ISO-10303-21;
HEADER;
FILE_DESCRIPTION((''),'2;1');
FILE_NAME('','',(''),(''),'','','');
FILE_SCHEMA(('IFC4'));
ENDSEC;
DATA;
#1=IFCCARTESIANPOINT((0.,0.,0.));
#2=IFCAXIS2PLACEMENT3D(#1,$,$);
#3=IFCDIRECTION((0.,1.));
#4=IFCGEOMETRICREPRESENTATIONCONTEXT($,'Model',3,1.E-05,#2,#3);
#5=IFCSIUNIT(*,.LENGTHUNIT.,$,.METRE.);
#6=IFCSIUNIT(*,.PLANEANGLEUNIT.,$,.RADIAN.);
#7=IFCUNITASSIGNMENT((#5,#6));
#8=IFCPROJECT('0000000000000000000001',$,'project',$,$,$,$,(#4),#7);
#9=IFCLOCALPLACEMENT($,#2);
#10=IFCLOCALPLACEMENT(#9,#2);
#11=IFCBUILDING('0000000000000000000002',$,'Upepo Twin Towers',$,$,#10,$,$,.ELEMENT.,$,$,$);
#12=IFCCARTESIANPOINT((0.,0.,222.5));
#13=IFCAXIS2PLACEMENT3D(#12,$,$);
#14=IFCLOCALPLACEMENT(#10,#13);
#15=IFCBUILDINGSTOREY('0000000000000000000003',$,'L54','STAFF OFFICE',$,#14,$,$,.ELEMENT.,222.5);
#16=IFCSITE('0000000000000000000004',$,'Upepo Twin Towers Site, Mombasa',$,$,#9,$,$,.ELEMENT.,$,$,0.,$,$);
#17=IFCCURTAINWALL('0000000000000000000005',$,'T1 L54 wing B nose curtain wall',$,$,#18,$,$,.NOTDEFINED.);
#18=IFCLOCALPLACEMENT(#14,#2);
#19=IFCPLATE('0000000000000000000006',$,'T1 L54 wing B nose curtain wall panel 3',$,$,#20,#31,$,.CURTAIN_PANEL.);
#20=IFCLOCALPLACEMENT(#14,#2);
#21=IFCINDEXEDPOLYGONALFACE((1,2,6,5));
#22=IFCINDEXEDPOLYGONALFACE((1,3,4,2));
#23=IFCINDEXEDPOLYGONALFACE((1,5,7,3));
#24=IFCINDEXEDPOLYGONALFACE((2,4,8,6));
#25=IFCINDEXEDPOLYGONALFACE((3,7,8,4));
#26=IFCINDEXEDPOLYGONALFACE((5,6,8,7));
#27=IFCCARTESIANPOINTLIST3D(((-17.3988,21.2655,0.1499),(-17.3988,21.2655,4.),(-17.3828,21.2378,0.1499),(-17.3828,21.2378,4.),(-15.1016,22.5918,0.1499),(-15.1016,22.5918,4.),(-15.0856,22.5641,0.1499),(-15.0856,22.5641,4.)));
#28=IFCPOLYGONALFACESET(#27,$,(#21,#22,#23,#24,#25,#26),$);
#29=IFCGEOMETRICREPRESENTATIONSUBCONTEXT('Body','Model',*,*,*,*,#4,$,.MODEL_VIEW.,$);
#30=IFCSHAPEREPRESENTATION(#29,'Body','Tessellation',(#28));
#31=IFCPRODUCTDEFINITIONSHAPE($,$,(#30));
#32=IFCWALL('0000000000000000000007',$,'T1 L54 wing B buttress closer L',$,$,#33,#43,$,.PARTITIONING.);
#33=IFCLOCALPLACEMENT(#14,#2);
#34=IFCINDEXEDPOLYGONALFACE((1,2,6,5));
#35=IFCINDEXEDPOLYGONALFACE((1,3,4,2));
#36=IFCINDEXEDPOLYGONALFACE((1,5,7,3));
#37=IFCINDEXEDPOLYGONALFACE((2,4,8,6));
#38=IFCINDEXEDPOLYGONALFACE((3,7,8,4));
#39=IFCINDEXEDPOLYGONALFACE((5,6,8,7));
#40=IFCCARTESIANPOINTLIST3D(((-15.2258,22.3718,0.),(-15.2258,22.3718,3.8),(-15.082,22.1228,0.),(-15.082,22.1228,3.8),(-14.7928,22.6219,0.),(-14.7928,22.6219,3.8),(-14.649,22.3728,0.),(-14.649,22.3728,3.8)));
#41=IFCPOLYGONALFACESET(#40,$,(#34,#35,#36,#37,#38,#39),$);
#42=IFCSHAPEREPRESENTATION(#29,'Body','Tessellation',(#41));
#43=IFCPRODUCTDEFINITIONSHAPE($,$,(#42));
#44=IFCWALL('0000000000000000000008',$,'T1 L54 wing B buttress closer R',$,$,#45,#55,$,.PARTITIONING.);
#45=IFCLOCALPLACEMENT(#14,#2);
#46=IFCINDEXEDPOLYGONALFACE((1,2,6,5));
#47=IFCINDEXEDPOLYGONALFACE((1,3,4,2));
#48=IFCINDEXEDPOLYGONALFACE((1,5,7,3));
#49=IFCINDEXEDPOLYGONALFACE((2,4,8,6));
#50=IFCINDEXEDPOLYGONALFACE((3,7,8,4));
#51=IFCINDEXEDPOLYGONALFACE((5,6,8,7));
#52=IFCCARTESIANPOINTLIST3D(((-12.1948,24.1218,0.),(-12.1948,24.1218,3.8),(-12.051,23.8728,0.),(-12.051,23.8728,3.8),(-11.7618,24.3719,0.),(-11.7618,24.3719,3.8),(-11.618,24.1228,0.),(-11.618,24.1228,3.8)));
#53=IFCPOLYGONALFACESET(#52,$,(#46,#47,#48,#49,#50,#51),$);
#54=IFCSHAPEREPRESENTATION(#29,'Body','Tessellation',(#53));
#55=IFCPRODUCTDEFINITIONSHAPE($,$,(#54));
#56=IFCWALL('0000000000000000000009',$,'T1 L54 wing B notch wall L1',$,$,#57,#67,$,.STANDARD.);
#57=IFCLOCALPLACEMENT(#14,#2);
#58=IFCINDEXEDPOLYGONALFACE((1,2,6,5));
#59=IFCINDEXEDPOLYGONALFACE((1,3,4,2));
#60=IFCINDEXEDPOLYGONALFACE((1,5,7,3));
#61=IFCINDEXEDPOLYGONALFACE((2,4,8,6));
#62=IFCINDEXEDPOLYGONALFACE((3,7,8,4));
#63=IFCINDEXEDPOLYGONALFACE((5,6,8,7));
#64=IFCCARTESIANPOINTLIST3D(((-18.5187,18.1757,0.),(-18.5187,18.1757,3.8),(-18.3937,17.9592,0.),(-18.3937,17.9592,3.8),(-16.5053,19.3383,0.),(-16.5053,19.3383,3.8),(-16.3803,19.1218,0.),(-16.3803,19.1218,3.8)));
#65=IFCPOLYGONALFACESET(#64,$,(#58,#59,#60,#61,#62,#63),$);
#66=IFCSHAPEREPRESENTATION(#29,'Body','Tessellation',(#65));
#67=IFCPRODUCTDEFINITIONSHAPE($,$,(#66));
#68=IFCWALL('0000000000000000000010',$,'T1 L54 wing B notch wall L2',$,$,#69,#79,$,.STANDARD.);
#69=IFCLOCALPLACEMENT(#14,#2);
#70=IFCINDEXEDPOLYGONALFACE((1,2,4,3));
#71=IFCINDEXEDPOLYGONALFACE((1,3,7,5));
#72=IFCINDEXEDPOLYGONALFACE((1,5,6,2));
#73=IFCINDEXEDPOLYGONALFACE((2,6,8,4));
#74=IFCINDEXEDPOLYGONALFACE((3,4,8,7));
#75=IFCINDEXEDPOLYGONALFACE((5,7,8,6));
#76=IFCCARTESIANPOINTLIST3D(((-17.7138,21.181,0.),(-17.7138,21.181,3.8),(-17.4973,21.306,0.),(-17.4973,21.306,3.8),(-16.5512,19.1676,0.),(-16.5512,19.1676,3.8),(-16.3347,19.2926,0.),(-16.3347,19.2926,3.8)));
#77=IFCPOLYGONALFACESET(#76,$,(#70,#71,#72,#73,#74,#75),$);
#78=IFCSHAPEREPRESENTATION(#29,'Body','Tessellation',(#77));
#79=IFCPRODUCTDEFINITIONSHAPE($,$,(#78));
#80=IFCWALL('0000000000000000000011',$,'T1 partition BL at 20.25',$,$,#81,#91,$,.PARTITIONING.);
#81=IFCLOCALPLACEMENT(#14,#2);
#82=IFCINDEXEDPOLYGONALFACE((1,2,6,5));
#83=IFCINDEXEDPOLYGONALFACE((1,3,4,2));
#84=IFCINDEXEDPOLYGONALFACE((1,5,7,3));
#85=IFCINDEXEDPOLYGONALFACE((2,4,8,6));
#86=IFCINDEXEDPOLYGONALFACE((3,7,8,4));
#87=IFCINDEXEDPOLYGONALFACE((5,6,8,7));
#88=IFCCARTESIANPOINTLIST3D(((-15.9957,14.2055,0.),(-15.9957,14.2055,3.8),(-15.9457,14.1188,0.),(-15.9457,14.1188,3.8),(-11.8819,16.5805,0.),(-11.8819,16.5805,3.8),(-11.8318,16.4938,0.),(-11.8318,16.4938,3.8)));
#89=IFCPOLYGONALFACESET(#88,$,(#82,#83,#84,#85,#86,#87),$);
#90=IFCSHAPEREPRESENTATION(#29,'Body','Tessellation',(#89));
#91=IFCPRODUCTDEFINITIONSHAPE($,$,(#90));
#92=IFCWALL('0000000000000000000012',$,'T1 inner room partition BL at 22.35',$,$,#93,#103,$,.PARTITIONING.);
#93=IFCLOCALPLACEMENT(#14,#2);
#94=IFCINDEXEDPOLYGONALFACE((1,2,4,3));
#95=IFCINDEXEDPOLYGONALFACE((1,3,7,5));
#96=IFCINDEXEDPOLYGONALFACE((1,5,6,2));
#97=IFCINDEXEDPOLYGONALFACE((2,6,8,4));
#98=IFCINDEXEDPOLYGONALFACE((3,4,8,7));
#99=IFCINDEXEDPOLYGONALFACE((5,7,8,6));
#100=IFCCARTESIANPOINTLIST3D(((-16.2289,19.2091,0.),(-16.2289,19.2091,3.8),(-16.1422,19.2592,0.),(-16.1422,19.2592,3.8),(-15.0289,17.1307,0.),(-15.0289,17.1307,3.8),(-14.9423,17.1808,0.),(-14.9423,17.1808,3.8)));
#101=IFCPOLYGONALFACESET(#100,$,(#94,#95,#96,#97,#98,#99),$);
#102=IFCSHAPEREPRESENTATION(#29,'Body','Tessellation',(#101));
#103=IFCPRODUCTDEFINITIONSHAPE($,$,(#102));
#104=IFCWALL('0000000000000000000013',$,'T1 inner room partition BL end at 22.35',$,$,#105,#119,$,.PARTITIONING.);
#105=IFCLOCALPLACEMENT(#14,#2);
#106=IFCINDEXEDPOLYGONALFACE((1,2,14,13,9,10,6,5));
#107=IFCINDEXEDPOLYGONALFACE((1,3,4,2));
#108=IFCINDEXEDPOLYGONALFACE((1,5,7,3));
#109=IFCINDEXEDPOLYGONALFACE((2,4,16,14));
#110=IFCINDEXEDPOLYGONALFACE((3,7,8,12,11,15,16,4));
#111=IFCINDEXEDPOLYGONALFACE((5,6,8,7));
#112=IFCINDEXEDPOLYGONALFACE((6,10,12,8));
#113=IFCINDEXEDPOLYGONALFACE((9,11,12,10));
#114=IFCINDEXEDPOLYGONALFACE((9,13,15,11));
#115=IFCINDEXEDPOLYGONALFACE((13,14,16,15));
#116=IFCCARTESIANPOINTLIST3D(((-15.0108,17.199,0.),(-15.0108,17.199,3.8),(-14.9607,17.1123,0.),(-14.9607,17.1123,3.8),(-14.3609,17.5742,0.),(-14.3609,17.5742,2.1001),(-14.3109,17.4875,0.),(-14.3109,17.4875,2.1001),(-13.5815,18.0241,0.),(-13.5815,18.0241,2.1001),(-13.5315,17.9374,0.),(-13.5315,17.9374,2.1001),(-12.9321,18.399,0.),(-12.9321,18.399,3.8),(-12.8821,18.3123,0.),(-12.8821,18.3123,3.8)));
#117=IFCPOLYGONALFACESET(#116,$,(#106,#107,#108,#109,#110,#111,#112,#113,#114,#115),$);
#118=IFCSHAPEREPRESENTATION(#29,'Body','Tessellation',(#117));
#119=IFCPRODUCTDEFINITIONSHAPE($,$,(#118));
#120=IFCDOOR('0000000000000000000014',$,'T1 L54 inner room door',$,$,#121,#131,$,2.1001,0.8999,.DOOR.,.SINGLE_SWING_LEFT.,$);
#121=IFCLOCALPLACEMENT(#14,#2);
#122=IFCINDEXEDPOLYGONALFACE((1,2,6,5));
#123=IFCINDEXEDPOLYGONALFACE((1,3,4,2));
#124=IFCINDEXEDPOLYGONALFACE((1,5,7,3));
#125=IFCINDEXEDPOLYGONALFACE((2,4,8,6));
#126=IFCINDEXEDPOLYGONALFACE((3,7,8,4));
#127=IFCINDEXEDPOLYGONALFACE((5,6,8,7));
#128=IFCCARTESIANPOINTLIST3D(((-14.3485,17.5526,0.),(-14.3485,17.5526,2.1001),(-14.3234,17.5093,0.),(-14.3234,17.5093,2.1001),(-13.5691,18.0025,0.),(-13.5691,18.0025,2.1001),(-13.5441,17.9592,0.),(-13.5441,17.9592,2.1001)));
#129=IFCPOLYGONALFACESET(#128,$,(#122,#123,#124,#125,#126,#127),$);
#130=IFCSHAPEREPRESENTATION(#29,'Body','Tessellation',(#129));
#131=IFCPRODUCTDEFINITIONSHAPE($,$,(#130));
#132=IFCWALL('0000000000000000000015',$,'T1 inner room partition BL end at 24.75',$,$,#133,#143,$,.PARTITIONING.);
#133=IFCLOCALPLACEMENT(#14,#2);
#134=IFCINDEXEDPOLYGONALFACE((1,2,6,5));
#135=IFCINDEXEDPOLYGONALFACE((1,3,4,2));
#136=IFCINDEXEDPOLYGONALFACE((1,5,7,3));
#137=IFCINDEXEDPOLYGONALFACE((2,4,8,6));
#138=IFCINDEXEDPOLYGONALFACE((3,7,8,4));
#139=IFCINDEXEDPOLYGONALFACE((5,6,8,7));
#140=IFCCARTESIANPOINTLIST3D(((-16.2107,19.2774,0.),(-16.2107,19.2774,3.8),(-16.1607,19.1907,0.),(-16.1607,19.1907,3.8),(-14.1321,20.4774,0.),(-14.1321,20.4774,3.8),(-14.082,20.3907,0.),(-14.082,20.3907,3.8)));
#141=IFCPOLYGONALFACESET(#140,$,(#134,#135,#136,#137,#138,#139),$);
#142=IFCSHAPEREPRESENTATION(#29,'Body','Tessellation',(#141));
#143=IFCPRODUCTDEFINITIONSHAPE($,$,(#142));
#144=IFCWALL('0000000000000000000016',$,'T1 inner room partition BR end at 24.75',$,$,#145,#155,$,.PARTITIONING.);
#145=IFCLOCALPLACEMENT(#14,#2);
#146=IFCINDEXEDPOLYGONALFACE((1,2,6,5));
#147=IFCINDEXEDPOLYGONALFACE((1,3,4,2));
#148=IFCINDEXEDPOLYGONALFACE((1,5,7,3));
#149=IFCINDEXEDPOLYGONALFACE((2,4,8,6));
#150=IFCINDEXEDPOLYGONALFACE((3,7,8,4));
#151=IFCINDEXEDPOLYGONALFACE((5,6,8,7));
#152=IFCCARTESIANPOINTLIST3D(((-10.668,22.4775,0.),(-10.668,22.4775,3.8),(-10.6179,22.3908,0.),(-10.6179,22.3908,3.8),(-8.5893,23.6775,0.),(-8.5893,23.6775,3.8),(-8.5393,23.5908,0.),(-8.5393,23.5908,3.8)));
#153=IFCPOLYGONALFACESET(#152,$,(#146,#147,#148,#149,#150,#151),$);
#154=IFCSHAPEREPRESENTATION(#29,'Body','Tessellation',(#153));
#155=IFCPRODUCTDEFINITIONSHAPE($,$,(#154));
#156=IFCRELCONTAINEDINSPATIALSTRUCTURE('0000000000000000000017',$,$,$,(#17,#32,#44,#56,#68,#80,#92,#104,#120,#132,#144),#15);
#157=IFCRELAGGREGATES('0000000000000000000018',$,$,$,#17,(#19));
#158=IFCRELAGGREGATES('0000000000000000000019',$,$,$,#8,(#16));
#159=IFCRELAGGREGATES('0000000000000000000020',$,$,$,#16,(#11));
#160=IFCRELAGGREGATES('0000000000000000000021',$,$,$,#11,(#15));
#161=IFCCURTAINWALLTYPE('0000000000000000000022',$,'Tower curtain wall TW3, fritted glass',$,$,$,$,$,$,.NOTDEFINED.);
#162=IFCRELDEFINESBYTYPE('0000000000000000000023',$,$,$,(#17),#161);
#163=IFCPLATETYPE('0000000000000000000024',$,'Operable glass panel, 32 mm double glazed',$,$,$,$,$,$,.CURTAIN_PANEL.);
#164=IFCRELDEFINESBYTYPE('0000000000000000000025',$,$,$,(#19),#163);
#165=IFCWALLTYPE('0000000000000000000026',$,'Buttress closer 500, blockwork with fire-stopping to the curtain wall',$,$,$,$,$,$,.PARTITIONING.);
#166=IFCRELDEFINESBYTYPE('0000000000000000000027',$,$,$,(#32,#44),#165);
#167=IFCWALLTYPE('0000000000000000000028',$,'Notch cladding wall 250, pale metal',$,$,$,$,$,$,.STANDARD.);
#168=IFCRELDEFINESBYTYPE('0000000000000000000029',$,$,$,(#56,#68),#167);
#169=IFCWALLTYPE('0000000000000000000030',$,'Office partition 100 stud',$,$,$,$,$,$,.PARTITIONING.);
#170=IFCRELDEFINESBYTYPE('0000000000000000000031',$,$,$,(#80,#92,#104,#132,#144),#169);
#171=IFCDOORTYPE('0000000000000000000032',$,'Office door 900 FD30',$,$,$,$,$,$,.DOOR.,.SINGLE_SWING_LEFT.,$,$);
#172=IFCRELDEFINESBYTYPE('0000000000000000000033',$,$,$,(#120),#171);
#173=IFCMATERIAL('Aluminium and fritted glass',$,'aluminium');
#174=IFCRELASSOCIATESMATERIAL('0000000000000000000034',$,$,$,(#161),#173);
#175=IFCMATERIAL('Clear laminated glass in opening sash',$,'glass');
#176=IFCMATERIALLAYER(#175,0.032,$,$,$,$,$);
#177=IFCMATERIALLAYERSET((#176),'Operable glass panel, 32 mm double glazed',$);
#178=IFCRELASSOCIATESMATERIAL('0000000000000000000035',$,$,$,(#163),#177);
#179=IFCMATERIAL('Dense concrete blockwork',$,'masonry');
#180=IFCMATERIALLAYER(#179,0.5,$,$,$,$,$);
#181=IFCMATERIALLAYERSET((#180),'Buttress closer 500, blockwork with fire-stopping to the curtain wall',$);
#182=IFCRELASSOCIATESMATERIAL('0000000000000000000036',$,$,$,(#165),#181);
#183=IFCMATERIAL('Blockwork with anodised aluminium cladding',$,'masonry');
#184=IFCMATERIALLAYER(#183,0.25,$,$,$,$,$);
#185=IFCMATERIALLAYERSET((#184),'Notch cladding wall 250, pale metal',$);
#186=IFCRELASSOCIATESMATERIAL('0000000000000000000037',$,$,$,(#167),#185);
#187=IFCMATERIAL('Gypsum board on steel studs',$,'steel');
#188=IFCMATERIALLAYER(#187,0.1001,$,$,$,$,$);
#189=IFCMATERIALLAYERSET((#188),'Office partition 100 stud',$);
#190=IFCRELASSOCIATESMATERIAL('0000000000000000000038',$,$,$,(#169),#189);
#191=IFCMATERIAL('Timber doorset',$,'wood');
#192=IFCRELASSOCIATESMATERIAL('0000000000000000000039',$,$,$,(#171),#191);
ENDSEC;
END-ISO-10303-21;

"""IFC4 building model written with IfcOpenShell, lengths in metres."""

from ifc_helpers import new_model, si_unit, direction, frame, frame_2d, origin, origin_2d, place, context, subcontext, project, spatial, rectangle, extrude, material, layer, layer_set, type_object, element, fill, aggregate, save


model = new_model("IFC4")

# Units and contexts
model_context = context("Model", 3, precision=1e-05, world=origin(), true_north=direction((0.0, 1.0)))
body_context = subcontext(model_context, "Body", "Model", "MODEL_VIEW")
ifc_project = project(units=[si_unit("LENGTHUNIT", "METRE"), si_unit("PLANEANGLEUNIT", "RADIAN")], contexts=[model_context])

# Site, building, storey
site_placement = place(None, origin())
site = spatial("IfcSite", under=ifc_project, at=site_placement, Name="Upepo Twin Towers Site, Mombasa", CompositionType="ELEMENT", RefElevation=0.0)
building_placement = place(site_placement, origin())
building = spatial("IfcBuilding", under=site, at=building_placement, Name="Upepo Twin Towers", CompositionType="ELEMENT")
storey_placement = place(building_placement, frame((0.0, 0.0, 222.5)))
storey = spatial("IfcBuildingStorey", under=building, at=storey_placement, Name="L54", Description="STAFF OFFICE", CompositionType="ELEMENT", Elevation=222.5)

# Shared definitions
ifc_material_1 = material(Name="Aluminium and fritted glass", Category="aluminium")
curtain_wall_type = type_object("IfcCurtainWallType", Name="Tower curtain wall TW3, fritted glass", PredefinedType="NOTDEFINED", material=ifc_material_1)

# Curtain wall
curtain_wall_1_placement = place(storey_placement, origin())
curtain_wall_1 = element("IfcCurtainWall", 1, at=curtain_wall_1_placement, inside=storey, type_object=curtain_wall_type, Name="T1 L54 wing B nose curtain wall", PredefinedType="NOTDEFINED")

# Plate
ifc_material_2 = material(Name="Clear laminated glass in opening sash", Category="glass")
ifc_layer_1 = layer(ifc_material_2, 0.032)
ifc_layer_set_1 = layer_set([ifc_layer_1], Name="Operable glass panel, 32 mm double glazed")
plate_type_1 = type_object("IfcPlateType", Name="Operable glass panel, 32 mm double glazed", PredefinedType="CURTAIN_PANEL", material=ifc_layer_set_1)
plate_1_placement = place(storey_placement, frame((-16.2422, 21.9148, 0.1499), z_axis=(0.0, 0.0, 1.0), x_axis=(-0.866025, -0.5, 0.0)))
plate_1 = element("IfcPlate", 2, at=plate_1_placement, type_object=plate_type_1, Name="T1 L54 wing B nose curtain wall panel 3", PredefinedType="CURTAIN_PANEL", context=body_context, shape_type="SweptSolid", body=[
    extrude(rectangle(XDim=2.6526, YDim=0.032, at=origin_2d()), origin(), (0.0, 0.0, 1.0), 3.8501),
])
aggregate(curtain_wall_1, [plate_1])

# Walls
ifc_material_3 = material(Name="Dense concrete blockwork", Category="masonry")
ifc_layer_2 = layer(ifc_material_3, 0.5)
ifc_layer_set_2 = layer_set([ifc_layer_2], Name="Buttress closer 500, blockwork with fire-stopping to the curtain wall")
wall_type_1 = type_object("IfcWallType", Name="Buttress closer 500, blockwork with fire-stopping to the curtain wall", PredefinedType="PARTITIONING", material=ifc_layer_set_2)
for number, where, z_axis, x_axis, name in (
    (3, (-14.8655, 22.2478, 0.0), (0.0, 0.0, 1.0), (-0.500065, 0.865988, 0.0), "T1 L54 wing B buttress closer L"),
    (4, (-11.8345, 23.9978, 0.0), (0.0, 0.0, 1.0), (-0.500065, 0.865988, 0.0), "T1 L54 wing B buttress closer R"),
):
    element("IfcWall", number, at=place(storey_placement, frame(where, z_axis=z_axis, x_axis=x_axis)), inside=storey, type_object=wall_type_1, Name=name, PredefinedType="PARTITIONING", context=body_context, shape_type="SweptSolid", body=[
        extrude(rectangle(XDim=0.2876, YDim=0.5, at=frame_2d((0.1438, 0.0))), origin(), (0.0, 0.0, 1.0), 3.8),
    ])
ifc_material_4 = material(Name="Blockwork with anodised aluminium cladding", Category="masonry")
ifc_layer_3 = layer(ifc_material_4, 0.25)
ifc_layer_set_3 = layer_set([ifc_layer_3], Name="Notch cladding wall 250, pale metal")
wall_type_2 = type_object("IfcWallType", Name="Notch cladding wall 250, pale metal", PredefinedType="STANDARD", material=ifc_layer_set_3)
for number, where, z_axis, x_axis, name in (
    (5, (-18.4563, 18.0674, 0.0), (0.0, 0.0, 1.0), (0.865998, 0.500047, 0.0), "T1 L54 wing B notch wall L1"),
    (6, (-16.4429, 19.23, 0.0), (0.0, 0.0, 1.0), (-0.500047, 0.865998, 0.0), "T1 L54 wing B notch wall L2"),
):
    element("IfcWall", number, at=place(storey_placement, frame(where, z_axis=z_axis, x_axis=x_axis)), inside=storey, type_object=wall_type_2, Name=name, PredefinedType="STANDARD", context=body_context, shape_type="SweptSolid", body=[
        extrude(rectangle(XDim=2.325, YDim=0.25, at=frame_2d((1.1626, 0.0))), origin(), (0.0, 0.0, 1.0), 3.8),
    ])
ifc_material_5 = material(Name="Gypsum board on steel studs", Category="steel")
ifc_layer_4 = layer(ifc_material_5, 0.1001)
ifc_layer_set_4 = layer_set([ifc_layer_4], Name="Office partition 100 stud")
wall_type_3 = type_object("IfcWallType", Name="Office partition 100 stud", PredefinedType="PARTITIONING", material=ifc_layer_set_4)
wall_1_placement = place(storey_placement, frame((-11.8569, 16.5371, 0.0), z_axis=(0.0, 0.0, 1.0), x_axis=(-0.866033, -0.499986, 0.0)))
element("IfcWall", 7, at=wall_1_placement, inside=storey, type_object=wall_type_3, Name="T1 partition BL at 20.25", PredefinedType="PARTITIONING", context=body_context, shape_type="SweptSolid", body=[
    extrude(rectangle(XDim=4.7502, YDim=0.1001, at=frame_2d((2.375, 0.0))), origin(), (0.0, 0.0, 1.0), 3.8),
])
wall_2_placement = place(storey_placement, frame((-14.9856, 17.1558, 0.0), z_axis=(0.0, 0.0, 1.0), x_axis=(-0.500001, 0.866025, 0.0)))
element("IfcWall", 8, at=wall_2_placement, inside=storey, type_object=wall_type_3, Name="T1 inner room partition BL at 22.35", PredefinedType="PARTITIONING", context=body_context, shape_type="SweptSolid", body=[
    extrude(rectangle(XDim=2.3999, YDim=0.1001, at=frame_2d((1.2, 0.0))), origin(), (0.0, 0.0, 1.0), 3.8),
])

# Wall, opening, door
wall_3_placement = place(storey_placement, frame((-12.907, 18.3557, 0.0), z_axis=(0.0, 0.0, 1.0), x_axis=(-0.86605, -0.499957, 0.0)))
wall_3 = element("IfcWall", 9, at=wall_3_placement, inside=storey, type_object=wall_type_3, Name="T1 inner room partition BL end at 22.35", PredefinedType="PARTITIONING", context=body_context, shape_type="SweptSolid", body=[
    extrude(rectangle(XDim=2.4001, YDim=0.1001, at=frame_2d((1.2002, 0.0))), origin(), (0.0, 0.0, 1.0), 3.8),
])
opening_placement = place(wall_3_placement, frame((0.75, 0.0, 0.0)))
opening = element("IfcOpeningElement", 10, at=opening_placement, cuts=wall_3, PredefinedType="OPENING", context=body_context, shape_type="SweptSolid", body=[
    extrude(rectangle(XDim=0.8999, YDim=2.1001, at=frame_2d((0.45, 1.05))), frame((0.0, 0.0601, 0.0), z_axis=(0.0, -1.0, 0.0), x_axis=(1.0, 0.0, 0.0)), (0.0, 0.0, 1.0), 0.1201),
])
ifc_material_6 = material(Name="Timber doorset", Category="wood")
door_type = type_object("IfcDoorType", Name="Office door 900 FD30", OperationType="SINGLE_SWING_LEFT", PredefinedType="DOOR", material=ifc_material_6)
door_placement = place(opening_placement, origin())
door = element("IfcDoor", 11, at=door_placement, inside=storey, type_object=door_type, Name="T1 L54 inner room door", OperationType="SINGLE_SWING_LEFT", OverallHeight=2.1001, OverallWidth=0.8999, PredefinedType="DOOR", context=body_context, shape_type="SweptSolid", body=[
    extrude(rectangle(XDim=0.8999, YDim=2.1001, at=frame_2d((0.45, 1.05))), frame((0.0, 0.0249, 0.0), z_axis=(0.0, -1.0, 0.0), x_axis=(1.0, 0.0, 0.0)), (0.0, 0.0, 1.0), 0.05),
])
fill(opening, door)

# Walls
for number, where, z_axis, x_axis, name in (
    (12, (-14.1069, 20.4341, 0.0), (0.0, 0.0, 1.0), (-0.86605, -0.499957, 0.0), "T1 inner room partition BL end at 24.75"),
    (13, (-10.6431, 22.4341, 0.0), (0.0, 0.0, 1.0), (0.86605, 0.499957, 0.0), "T1 inner room partition BR end at 24.75"),
):
    element("IfcWall", number, at=place(storey_placement, frame(where, z_axis=z_axis, x_axis=x_axis)), inside=storey, type_object=wall_type_3, Name=name, PredefinedType="PARTITIONING", context=body_context, shape_type="SweptSolid", body=[
        extrude(rectangle(XDim=2.4001, YDim=0.1001, at=frame_2d((1.2002, 0.0))), origin(), (0.0, 0.0, 1.0), 3.8),
    ])

save(model, "model.ifc")
